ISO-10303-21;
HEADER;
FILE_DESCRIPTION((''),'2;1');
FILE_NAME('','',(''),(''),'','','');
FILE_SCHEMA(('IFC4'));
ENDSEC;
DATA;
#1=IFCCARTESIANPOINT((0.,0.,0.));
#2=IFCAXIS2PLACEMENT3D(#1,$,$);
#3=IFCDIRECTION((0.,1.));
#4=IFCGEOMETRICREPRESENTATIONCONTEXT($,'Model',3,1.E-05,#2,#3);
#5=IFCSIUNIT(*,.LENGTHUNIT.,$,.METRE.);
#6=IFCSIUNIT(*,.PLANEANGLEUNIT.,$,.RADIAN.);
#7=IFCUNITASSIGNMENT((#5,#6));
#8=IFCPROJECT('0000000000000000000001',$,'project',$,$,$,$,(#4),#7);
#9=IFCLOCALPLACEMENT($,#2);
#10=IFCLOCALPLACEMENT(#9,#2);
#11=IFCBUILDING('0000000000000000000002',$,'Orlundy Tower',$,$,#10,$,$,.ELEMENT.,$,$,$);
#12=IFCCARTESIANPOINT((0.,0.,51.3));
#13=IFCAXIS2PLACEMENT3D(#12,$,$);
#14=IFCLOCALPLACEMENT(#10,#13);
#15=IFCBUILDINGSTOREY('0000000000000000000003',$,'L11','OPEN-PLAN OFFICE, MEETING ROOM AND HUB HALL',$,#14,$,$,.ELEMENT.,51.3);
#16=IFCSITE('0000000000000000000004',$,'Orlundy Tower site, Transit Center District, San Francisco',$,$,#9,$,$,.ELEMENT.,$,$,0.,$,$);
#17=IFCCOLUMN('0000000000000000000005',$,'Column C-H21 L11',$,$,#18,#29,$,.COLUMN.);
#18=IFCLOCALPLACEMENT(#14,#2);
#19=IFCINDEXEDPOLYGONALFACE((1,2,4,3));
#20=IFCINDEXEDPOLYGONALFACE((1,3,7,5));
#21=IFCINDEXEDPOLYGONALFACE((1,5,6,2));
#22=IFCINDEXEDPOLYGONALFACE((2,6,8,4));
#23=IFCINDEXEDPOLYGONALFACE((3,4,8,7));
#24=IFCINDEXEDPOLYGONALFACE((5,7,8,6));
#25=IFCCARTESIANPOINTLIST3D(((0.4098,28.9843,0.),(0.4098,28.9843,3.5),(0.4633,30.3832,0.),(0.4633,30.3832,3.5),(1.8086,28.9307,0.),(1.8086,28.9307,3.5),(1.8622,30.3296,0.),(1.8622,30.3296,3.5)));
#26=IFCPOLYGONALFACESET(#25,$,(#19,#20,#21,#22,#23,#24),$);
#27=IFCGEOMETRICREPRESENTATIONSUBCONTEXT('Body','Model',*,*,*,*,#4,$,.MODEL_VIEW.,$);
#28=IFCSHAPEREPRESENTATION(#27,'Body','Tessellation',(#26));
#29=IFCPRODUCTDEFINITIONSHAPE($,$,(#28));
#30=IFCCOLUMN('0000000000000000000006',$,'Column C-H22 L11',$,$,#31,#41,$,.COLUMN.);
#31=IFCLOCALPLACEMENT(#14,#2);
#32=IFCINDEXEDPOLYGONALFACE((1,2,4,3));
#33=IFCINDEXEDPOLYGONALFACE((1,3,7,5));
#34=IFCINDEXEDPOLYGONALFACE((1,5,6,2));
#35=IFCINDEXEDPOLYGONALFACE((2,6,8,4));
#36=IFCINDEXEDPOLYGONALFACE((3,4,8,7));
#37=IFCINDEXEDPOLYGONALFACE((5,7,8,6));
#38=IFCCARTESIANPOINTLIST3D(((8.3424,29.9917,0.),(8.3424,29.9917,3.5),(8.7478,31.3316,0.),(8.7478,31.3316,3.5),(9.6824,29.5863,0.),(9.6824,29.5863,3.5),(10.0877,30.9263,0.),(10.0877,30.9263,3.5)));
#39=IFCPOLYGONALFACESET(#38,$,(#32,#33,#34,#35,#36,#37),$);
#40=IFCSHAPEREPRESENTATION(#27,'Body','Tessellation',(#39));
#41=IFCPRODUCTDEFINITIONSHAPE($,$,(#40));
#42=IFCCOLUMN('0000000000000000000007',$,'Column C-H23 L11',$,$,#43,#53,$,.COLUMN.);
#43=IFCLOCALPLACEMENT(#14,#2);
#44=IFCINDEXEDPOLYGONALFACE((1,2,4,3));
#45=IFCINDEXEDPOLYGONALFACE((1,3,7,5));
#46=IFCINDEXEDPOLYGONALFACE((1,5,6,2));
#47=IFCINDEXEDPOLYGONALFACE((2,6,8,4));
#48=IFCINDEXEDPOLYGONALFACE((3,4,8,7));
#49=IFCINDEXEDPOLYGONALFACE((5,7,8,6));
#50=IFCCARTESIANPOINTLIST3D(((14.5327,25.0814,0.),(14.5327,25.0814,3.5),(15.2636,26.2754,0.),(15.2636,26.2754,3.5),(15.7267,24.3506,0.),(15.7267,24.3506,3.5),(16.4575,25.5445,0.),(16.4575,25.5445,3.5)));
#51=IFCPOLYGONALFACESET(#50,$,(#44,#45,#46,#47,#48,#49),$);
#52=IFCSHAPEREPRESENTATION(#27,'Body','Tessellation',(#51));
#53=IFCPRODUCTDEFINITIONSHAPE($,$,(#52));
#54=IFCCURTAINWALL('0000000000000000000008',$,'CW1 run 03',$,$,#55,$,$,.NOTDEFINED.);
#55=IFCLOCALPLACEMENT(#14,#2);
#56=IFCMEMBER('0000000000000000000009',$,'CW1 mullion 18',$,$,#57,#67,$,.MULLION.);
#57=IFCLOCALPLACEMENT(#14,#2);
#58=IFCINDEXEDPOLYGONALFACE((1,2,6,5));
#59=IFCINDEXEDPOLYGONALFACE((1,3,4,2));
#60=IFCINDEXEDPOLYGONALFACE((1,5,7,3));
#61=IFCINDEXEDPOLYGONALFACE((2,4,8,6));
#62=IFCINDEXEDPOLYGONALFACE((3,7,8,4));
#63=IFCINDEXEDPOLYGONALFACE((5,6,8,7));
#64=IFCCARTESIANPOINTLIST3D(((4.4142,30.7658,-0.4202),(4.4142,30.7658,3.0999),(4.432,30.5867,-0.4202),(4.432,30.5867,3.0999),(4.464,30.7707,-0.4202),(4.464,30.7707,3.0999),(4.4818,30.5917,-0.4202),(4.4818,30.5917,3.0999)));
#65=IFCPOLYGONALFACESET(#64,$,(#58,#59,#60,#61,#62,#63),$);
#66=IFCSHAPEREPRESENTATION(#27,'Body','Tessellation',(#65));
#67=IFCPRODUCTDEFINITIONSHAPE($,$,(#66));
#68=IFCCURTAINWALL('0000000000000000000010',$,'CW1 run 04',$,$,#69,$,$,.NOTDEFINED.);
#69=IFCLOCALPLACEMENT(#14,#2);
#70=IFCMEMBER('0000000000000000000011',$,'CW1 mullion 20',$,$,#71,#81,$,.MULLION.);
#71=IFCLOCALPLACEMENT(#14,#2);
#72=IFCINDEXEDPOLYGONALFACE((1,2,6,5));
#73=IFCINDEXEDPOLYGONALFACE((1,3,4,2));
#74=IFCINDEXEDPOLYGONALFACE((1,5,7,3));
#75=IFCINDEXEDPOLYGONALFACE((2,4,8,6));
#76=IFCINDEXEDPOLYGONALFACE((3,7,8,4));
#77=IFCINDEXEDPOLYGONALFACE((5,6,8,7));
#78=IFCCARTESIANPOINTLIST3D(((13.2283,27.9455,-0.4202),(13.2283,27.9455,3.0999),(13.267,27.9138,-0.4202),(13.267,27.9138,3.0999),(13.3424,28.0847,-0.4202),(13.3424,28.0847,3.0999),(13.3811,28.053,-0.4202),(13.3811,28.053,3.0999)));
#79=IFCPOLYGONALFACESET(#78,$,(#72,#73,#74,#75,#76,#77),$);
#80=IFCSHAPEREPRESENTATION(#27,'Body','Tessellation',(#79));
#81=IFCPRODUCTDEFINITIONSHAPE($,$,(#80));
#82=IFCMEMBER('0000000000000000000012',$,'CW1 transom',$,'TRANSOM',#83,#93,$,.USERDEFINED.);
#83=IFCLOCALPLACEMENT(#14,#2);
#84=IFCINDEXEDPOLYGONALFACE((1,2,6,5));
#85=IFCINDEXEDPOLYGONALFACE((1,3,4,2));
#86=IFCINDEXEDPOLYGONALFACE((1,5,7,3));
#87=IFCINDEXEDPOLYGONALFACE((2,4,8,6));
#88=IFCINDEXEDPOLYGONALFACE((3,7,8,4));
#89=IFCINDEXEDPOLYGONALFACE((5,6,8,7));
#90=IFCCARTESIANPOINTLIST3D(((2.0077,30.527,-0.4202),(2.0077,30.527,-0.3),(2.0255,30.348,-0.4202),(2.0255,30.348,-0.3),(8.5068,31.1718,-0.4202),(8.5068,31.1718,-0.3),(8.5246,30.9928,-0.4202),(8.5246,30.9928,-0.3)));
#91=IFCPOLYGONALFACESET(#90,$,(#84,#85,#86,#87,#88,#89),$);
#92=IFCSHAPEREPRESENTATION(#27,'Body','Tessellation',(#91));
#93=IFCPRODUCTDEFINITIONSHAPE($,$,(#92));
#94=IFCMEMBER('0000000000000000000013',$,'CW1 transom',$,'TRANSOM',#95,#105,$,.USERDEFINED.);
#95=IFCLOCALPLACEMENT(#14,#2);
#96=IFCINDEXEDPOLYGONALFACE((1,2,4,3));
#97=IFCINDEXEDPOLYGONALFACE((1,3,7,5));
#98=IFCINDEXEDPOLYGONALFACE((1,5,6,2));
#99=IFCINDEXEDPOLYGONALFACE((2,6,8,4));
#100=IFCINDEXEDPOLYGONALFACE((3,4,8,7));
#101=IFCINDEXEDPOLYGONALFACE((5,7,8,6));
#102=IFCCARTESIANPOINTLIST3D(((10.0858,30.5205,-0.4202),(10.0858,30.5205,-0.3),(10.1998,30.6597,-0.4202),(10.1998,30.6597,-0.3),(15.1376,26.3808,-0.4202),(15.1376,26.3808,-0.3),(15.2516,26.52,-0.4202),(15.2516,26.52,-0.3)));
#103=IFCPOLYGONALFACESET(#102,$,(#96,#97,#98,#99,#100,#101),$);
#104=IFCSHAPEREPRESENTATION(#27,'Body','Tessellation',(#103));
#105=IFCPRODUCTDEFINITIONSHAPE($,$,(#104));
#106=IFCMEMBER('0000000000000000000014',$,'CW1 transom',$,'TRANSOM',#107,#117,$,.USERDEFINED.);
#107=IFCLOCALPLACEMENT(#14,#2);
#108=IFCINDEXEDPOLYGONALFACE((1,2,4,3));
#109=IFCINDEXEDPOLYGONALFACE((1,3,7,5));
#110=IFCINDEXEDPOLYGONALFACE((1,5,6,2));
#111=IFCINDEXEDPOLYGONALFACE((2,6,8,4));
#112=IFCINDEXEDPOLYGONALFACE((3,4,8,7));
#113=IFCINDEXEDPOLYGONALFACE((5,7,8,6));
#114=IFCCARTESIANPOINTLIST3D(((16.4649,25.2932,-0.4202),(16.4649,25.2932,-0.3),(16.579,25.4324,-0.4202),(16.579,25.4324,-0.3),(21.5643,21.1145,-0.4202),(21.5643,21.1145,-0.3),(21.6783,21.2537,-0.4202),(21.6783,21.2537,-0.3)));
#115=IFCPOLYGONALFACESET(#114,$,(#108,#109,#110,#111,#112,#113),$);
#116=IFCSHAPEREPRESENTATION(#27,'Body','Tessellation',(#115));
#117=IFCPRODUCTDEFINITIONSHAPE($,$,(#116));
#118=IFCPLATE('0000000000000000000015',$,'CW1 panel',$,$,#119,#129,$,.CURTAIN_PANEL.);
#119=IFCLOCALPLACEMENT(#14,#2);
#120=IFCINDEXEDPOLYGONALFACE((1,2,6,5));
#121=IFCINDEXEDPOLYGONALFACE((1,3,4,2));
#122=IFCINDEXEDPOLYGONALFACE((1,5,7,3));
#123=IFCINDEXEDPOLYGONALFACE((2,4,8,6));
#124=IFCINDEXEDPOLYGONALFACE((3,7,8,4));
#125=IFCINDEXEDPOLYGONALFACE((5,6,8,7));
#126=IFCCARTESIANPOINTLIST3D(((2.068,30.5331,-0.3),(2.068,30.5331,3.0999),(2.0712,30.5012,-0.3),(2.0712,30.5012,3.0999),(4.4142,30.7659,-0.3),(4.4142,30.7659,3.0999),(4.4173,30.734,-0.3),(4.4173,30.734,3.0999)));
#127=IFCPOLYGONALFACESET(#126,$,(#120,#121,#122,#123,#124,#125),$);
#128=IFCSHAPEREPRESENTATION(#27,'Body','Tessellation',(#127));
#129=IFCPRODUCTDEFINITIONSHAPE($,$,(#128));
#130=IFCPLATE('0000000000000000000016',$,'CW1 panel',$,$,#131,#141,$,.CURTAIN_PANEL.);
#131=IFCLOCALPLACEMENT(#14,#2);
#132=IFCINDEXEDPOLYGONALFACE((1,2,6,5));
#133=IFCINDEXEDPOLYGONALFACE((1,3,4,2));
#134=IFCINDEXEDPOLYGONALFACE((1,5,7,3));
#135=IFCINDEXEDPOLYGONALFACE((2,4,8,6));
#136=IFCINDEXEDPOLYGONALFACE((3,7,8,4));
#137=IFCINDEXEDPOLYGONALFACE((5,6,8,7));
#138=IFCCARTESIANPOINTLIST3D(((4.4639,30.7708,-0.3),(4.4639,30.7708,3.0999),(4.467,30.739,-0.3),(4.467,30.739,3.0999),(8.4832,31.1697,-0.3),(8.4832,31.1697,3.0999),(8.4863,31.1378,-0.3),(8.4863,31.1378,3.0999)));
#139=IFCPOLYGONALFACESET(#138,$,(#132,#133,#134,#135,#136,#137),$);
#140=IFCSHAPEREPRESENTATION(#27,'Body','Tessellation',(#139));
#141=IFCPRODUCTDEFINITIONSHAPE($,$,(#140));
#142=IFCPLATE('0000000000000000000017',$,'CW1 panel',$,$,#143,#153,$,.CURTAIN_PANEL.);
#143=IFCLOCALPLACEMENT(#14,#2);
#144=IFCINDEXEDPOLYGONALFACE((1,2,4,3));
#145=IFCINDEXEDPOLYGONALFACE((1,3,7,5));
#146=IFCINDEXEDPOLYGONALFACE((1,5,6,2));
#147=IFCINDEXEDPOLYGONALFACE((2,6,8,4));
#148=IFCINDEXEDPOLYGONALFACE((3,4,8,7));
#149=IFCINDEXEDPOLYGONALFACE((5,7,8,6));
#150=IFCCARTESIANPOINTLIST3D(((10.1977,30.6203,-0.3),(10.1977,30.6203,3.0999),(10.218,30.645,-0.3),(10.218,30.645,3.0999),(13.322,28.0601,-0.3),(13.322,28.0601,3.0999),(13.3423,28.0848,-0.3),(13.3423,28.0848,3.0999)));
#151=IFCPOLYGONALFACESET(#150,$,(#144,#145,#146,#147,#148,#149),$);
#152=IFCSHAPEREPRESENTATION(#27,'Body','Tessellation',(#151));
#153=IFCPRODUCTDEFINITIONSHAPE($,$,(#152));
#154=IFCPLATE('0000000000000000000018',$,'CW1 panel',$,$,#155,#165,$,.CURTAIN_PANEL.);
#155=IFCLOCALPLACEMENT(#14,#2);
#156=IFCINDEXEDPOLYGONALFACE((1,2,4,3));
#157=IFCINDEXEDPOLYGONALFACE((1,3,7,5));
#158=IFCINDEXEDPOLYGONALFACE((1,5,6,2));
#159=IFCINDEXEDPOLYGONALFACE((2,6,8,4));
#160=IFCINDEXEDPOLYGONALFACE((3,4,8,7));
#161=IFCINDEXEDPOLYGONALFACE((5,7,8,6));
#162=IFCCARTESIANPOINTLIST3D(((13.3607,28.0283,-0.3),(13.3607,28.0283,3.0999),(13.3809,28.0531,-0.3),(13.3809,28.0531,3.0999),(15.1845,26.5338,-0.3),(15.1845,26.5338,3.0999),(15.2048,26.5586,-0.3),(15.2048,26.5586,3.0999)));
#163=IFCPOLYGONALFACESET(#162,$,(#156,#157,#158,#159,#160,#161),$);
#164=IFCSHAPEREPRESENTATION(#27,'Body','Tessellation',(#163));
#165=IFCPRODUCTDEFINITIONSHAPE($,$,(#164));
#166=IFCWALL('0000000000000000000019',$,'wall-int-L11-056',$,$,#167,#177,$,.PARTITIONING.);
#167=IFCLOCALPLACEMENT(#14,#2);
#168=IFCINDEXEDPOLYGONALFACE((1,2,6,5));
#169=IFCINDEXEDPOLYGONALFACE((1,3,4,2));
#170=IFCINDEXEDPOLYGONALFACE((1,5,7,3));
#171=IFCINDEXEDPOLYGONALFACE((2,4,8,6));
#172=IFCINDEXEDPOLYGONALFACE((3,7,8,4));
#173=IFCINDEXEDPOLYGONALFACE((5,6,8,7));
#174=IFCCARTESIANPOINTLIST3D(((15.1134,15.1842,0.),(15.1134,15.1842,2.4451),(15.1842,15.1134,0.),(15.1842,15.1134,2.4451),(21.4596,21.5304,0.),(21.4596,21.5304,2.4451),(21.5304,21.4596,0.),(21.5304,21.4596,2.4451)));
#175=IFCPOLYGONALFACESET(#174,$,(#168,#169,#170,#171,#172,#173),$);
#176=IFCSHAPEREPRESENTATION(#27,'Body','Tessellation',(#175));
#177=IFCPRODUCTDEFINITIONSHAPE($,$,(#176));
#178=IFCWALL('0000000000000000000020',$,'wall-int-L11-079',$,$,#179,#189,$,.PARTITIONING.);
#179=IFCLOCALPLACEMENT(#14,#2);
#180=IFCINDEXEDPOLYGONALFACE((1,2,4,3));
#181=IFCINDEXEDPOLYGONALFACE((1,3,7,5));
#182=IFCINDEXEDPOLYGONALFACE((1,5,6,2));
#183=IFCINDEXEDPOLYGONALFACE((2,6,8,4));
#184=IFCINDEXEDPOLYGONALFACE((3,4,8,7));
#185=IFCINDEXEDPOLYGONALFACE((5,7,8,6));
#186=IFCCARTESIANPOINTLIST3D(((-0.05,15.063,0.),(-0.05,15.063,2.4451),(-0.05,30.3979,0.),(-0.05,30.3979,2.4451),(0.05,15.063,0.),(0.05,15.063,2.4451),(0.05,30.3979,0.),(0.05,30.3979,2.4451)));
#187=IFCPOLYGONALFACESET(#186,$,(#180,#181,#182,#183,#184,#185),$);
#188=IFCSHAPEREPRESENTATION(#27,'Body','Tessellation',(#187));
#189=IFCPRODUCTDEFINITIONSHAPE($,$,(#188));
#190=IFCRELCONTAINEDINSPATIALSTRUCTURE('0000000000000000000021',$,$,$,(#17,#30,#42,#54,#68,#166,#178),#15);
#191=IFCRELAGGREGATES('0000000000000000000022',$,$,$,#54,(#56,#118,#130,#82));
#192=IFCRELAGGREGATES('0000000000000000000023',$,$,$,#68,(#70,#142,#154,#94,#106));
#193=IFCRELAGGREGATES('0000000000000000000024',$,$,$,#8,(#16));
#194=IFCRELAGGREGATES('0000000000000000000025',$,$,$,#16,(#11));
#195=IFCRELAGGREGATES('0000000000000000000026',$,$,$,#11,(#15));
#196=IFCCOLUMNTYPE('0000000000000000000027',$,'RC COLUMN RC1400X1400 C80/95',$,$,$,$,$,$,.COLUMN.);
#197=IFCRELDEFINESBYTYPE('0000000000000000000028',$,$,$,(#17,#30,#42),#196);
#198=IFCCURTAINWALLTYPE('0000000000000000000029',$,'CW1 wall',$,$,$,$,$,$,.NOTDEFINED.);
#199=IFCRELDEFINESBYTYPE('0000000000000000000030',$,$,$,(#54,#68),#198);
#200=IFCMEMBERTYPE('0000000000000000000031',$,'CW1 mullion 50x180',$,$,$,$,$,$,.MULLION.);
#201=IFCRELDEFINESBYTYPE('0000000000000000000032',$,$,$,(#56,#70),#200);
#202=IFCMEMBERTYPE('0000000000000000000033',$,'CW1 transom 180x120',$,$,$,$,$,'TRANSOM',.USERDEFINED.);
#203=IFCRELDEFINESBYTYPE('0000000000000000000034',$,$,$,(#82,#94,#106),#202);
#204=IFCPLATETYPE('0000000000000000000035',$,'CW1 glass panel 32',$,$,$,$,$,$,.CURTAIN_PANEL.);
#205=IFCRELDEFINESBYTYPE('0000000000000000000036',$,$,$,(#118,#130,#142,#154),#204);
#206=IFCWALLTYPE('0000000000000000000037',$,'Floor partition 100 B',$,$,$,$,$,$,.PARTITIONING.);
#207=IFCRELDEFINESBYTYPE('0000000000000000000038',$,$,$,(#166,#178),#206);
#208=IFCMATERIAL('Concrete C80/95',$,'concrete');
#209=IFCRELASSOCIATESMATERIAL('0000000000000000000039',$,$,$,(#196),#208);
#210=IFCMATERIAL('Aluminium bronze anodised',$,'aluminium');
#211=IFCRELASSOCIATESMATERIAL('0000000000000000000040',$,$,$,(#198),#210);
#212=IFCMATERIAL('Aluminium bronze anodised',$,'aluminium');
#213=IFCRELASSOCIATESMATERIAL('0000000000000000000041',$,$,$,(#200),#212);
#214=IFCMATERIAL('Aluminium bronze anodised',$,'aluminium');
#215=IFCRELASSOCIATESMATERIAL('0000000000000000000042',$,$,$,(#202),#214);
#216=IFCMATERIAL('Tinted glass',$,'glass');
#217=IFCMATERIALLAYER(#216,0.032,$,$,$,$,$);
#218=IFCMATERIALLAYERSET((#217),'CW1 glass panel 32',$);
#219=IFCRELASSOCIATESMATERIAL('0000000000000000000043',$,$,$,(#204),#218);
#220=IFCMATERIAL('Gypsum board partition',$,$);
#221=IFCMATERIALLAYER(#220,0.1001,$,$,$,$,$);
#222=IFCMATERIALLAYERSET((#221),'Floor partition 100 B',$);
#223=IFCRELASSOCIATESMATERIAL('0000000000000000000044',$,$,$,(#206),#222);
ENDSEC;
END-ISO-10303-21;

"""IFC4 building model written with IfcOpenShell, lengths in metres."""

from ifc_helpers import new_model, si_unit, direction, frame, frame_2d, origin, origin_2d, place, context, subcontext, project, spatial, rectangle, extrude, material, layer, layer_set, material_profile, profile_set, type_object, element, aggregate, save


model = new_model("IFC4")

# Units and contexts
model_context = context("Model", 3, precision=1e-05, world=origin(), true_north=direction((0.0, 1.0)))
body_context = subcontext(model_context, "Body", "Model", "MODEL_VIEW")
ifc_project = project(units=[si_unit("LENGTHUNIT", "METRE"), si_unit("PLANEANGLEUNIT", "RADIAN")], contexts=[model_context])

# Site, building, storey
site_placement = place(None, origin())
site = spatial("IfcSite", under=ifc_project, at=site_placement, Name="Orlundy Tower site, Transit Center District, San Francisco", CompositionType="ELEMENT", RefElevation=0.0)
building_placement = place(site_placement, origin())
building = spatial("IfcBuilding", under=site, at=building_placement, Name="Orlundy Tower", CompositionType="ELEMENT")
storey_placement = place(building_placement, frame((0.0, 0.0, 51.3)))
storey = spatial("IfcBuildingStorey", under=building, at=storey_placement, Name="L11", Description="OPEN-PLAN OFFICE, MEETING ROOM AND HUB HALL", CompositionType="ELEMENT", Elevation=51.3)

# Columns
ifc_material_1 = material(Name="Concrete C80/95", Category="concrete")
ifc_material_profile_1 = material_profile(ifc_material_1, rectangle(XDim=1.3999, YDim=1.3999, at=origin_2d()), Name="RC1400X1400")
ifc_profile_set_1 = profile_set([ifc_material_profile_1], Name="Concrete C80/95")
column_type = type_object("IfcColumnType", Name="RC COLUMN RC1400X1400 C80/95", PredefinedType="COLUMN", material=ifc_profile_set_1)
for number, where, z_axis, x_axis, name in (
    (1, (1.136, 29.657, 0.0), (0.0, 0.0, 1.0), (0.038283, 0.999267, 0.0), "Column C-H21 L11"),
    (2, (9.2151, 30.459, 0.0), (0.0, 0.0, 1.0), (0.289583, 0.957153, 0.0), "Column C-H22 L11"),
    (3, (15.4951, 25.313, 0.0), (0.0, 0.0, 1.0), (0.522082, 0.852895, 0.0), "Column C-H23 L11"),
):
    element("IfcColumn", number, at=place(storey_placement, frame(where, z_axis=z_axis, x_axis=x_axis)), inside=storey, type_object=column_type, Name=name, PredefinedType="COLUMN", context=body_context, shape_type="SweptSolid", body=[
        extrude(rectangle(XDim=1.3999, YDim=1.3999, at=origin_2d()), origin(), (0.0, 0.0, 1.0), 3.5),
    ])

# Curtain walls, members
ifc_material_2 = material(Name="Aluminium bronze anodised", Category="aluminium")
curtain_wall_type = type_object("IfcCurtainWallType", Name="CW1 wall", PredefinedType="NOTDEFINED", material=ifc_material_2)
curtain_wall_1_placement = place(storey_placement, origin())
curtain_wall_1 = element("IfcCurtainWall", 4, at=curtain_wall_1_placement, inside=storey, type_object=curtain_wall_type, Name="CW1 run 03", PredefinedType="NOTDEFINED")
ifc_material_3 = material(Name="Aluminium bronze anodised", Category="aluminium")
ifc_material_profile_2 = material_profile(ifc_material_3, rectangle(XDim=0.1799, YDim=0.05, at=origin_2d()), Name="CW1 mullion 50x180")
ifc_profile_set_2 = profile_set([ifc_material_profile_2], Name="Aluminium bronze anodised")
member_type_1 = type_object("IfcMemberType", Name="CW1 mullion 50x180", PredefinedType="MULLION", material=ifc_profile_set_2)
member_1_placement = place(storey_placement, frame((4.448, 30.6787, -0.4202), z_axis=(0.0, 0.0, 1.0), x_axis=(-0.098743, 0.995113, 0.0)))
member_1 = element("IfcMember", 5, at=member_1_placement, type_object=member_type_1, Name="CW1 mullion 18", PredefinedType="MULLION", context=body_context, shape_type="SweptSolid", body=[
    extrude(rectangle(XDim=0.1799, YDim=0.05, at=origin_2d()), origin(), (0.0, 0.0, 1.0), 3.52),
])
curtain_wall_2_placement = place(storey_placement, origin())
curtain_wall_2 = element("IfcCurtainWall", 6, at=curtain_wall_2_placement, inside=storey, type_object=curtain_wall_type, Name="CW1 run 04", PredefinedType="NOTDEFINED")
member_2_placement = place(storey_placement, frame((13.3047, 27.9993, -0.4202), z_axis=(0.0, 0.0, 1.0), x_axis=(0.633818, 0.773482, 0.0)))
member_2 = element("IfcMember", 7, at=member_2_placement, type_object=member_type_1, Name="CW1 mullion 20", PredefinedType="MULLION", context=body_context, shape_type="SweptSolid", body=[
    extrude(rectangle(XDim=0.1799, YDim=0.05, at=origin_2d()), origin(), (0.0, 0.0, 1.0), 3.52),
])

# Members
ifc_material_4 = material(Name="Aluminium bronze anodised", Category="aluminium")
ifc_material_profile_3 = material_profile(ifc_material_4, rectangle(XDim=0.1799, YDim=0.1201, at=origin_2d()), Name="CW1 transom 180x120")
ifc_profile_set_3 = profile_set([ifc_material_profile_3], Name="Aluminium bronze anodised")
member_type_2 = type_object("IfcMemberType", Name="CW1 transom 180x120", ElementType="TRANSOM", PredefinedType="USERDEFINED", material=ifc_profile_set_3)
member_3_placement = place(storey_placement, frame((2.0166, 30.4375, -0.3601), z_axis=(0.995115, 0.098726, 0.0), x_axis=(-0.098726, 0.995115, 0.0)))
member_3 = element("IfcMember", 8, at=member_3_placement, type_object=member_type_2, Name="CW1 transom", ObjectType="TRANSOM", PredefinedType="USERDEFINED", context=body_context, shape_type="SweptSolid", body=[
    extrude(rectangle(XDim=0.1799, YDim=0.1201, at=origin_2d()), origin(), (0.0, 0.0, 1.0), 6.531),
])
member_4_placement = place(storey_placement, frame((10.1428, 30.5901, -0.3601), z_axis=(0.773477, -0.633824, 0.0), x_axis=(0.633824, 0.773477, 0.0)))
member_4 = element("IfcMember", 9, at=member_4_placement, type_object=member_type_2, Name="CW1 transom", ObjectType="TRANSOM", PredefinedType="USERDEFINED", context=body_context, shape_type="SweptSolid", body=[
    extrude(rectangle(XDim=0.1799, YDim=0.1201, at=origin_2d()), origin(), (0.0, 0.0, 1.0), 6.5312),
])
member_5_placement = place(storey_placement, frame((16.522, 25.3628, -0.3601), z_axis=(0.773474, -0.633828, 0.0), x_axis=(0.633828, 0.773474, 0.0)))
member_5 = element("IfcMember", 10, at=member_5_placement, type_object=member_type_2, Name="CW1 transom", ObjectType="TRANSOM", PredefinedType="USERDEFINED", context=body_context, shape_type="SweptSolid", body=[
    extrude(rectangle(XDim=0.1799, YDim=0.1201, at=origin_2d()), origin(), (0.0, 0.0, 1.0), 6.5928),
])

# Plates
ifc_material_5 = material(Name="Tinted glass", Category="glass")
ifc_layer_1 = layer(ifc_material_5, 0.032)
ifc_layer_set_1 = layer_set([ifc_layer_1], Name="CW1 glass panel 32")
plate_type = type_object("IfcPlateType", Name="CW1 glass panel 32", PredefinedType="CURTAIN_PANEL", material=ifc_layer_set_1)
plate_1_placement = place(storey_placement, frame((3.2427, 30.6335, -0.3), z_axis=(0.0, 0.0, 1.0), x_axis=(0.995113, 0.098743, 0.0)))
plate_1 = element("IfcPlate", 11, at=plate_1_placement, type_object=plate_type, Name="CW1 panel", PredefinedType="CURTAIN_PANEL", context=body_context, shape_type="SweptSolid", body=[
    extrude(rectangle(XDim=2.3577, YDim=0.032, at=origin_2d()), origin(), (0.0, 0.0, 1.0), 3.3999),
])
plate_2_placement = place(storey_placement, frame((6.4751, 30.9543, -0.3), z_axis=(0.0, 0.0, 1.0), x_axis=(0.995113, 0.098743, 0.0)))
plate_2 = element("IfcPlate", 12, at=plate_2_placement, type_object=plate_type, Name="CW1 panel", PredefinedType="CURTAIN_PANEL", context=body_context, shape_type="SweptSolid", body=[
    extrude(rectangle(XDim=4.0391, YDim=0.032, at=origin_2d()), origin(), (0.0, 0.0, 1.0), 3.3999),
])
aggregate(curtain_wall_1, [member_1, plate_1, plate_2, member_3])
plate_3_placement = place(storey_placement, frame((11.77, 29.3525, -0.3), z_axis=(0.0, 0.0, 1.0), x_axis=(0.773482, -0.633818, 0.0)))
plate_3 = element("IfcPlate", 13, at=plate_3_placement, type_object=plate_type, Name="CW1 panel", PredefinedType="CURTAIN_PANEL", context=body_context, shape_type="SweptSolid", body=[
    extrude(rectangle(XDim=4.0393, YDim=0.032, at=origin_2d()), origin(), (0.0, 0.0, 1.0), 3.3999),
])
plate_4_placement = place(storey_placement, frame((14.2827, 27.2935, -0.3), z_axis=(0.0, 0.0, 1.0), x_axis=(0.773482, -0.633818, 0.0)))
plate_4 = element("IfcPlate", 14, at=plate_4_placement, type_object=plate_type, Name="CW1 panel", PredefinedType="CURTAIN_PANEL", context=body_context, shape_type="SweptSolid", body=[
    extrude(rectangle(XDim=2.3579, YDim=0.032, at=origin_2d()), origin(), (0.0, 0.0, 1.0), 3.3999),
])
aggregate(curtain_wall_2, [member_2, plate_3, plate_4, member_4, member_5])

# Walls
ifc_material_6 = material(Name="Gypsum board partition")
ifc_layer_2 = layer(ifc_material_6, 0.1001)
ifc_layer_set_2 = layer_set([ifc_layer_2], Name="Floor partition 100 B")
wall_type = type_object("IfcWallType", Name="Floor partition 100 B", PredefinedType="PARTITIONING", material=ifc_layer_set_2)
wall_1_placement = place(storey_placement, frame((15.1489, 15.1489, 0.0), z_axis=(0.0, 0.0, 1.0), x_axis=(0.707107, 0.707107, 0.0)))
element("IfcWall", 15, at=wall_1_placement, inside=storey, type_object=wall_type, Name="wall-int-L11-056", PredefinedType="PARTITIONING", context=body_context, shape_type="SweptSolid", body=[
    extrude(rectangle(XDim=8.9749, YDim=0.1001, at=frame_2d((4.4873, 0.0))), origin(), (0.0, 0.0, 1.0), 2.4451),
])
wall_2_placement = place(storey_placement, frame((0.0, 15.063, 0.0), z_axis=(0.0, 0.0, 1.0), x_axis=(0.0, 1.0, 0.0)))
element("IfcWall", 16, at=wall_2_placement, inside=storey, type_object=wall_type, Name="wall-int-L11-079", PredefinedType="PARTITIONING", context=body_context, shape_type="SweptSolid", body=[
    extrude(rectangle(XDim=15.335, YDim=0.1001, at=frame_2d((7.6675, 0.0))), origin(), (0.0, 0.0, 1.0), 2.4451),
])

save(model, "model.ifc")
